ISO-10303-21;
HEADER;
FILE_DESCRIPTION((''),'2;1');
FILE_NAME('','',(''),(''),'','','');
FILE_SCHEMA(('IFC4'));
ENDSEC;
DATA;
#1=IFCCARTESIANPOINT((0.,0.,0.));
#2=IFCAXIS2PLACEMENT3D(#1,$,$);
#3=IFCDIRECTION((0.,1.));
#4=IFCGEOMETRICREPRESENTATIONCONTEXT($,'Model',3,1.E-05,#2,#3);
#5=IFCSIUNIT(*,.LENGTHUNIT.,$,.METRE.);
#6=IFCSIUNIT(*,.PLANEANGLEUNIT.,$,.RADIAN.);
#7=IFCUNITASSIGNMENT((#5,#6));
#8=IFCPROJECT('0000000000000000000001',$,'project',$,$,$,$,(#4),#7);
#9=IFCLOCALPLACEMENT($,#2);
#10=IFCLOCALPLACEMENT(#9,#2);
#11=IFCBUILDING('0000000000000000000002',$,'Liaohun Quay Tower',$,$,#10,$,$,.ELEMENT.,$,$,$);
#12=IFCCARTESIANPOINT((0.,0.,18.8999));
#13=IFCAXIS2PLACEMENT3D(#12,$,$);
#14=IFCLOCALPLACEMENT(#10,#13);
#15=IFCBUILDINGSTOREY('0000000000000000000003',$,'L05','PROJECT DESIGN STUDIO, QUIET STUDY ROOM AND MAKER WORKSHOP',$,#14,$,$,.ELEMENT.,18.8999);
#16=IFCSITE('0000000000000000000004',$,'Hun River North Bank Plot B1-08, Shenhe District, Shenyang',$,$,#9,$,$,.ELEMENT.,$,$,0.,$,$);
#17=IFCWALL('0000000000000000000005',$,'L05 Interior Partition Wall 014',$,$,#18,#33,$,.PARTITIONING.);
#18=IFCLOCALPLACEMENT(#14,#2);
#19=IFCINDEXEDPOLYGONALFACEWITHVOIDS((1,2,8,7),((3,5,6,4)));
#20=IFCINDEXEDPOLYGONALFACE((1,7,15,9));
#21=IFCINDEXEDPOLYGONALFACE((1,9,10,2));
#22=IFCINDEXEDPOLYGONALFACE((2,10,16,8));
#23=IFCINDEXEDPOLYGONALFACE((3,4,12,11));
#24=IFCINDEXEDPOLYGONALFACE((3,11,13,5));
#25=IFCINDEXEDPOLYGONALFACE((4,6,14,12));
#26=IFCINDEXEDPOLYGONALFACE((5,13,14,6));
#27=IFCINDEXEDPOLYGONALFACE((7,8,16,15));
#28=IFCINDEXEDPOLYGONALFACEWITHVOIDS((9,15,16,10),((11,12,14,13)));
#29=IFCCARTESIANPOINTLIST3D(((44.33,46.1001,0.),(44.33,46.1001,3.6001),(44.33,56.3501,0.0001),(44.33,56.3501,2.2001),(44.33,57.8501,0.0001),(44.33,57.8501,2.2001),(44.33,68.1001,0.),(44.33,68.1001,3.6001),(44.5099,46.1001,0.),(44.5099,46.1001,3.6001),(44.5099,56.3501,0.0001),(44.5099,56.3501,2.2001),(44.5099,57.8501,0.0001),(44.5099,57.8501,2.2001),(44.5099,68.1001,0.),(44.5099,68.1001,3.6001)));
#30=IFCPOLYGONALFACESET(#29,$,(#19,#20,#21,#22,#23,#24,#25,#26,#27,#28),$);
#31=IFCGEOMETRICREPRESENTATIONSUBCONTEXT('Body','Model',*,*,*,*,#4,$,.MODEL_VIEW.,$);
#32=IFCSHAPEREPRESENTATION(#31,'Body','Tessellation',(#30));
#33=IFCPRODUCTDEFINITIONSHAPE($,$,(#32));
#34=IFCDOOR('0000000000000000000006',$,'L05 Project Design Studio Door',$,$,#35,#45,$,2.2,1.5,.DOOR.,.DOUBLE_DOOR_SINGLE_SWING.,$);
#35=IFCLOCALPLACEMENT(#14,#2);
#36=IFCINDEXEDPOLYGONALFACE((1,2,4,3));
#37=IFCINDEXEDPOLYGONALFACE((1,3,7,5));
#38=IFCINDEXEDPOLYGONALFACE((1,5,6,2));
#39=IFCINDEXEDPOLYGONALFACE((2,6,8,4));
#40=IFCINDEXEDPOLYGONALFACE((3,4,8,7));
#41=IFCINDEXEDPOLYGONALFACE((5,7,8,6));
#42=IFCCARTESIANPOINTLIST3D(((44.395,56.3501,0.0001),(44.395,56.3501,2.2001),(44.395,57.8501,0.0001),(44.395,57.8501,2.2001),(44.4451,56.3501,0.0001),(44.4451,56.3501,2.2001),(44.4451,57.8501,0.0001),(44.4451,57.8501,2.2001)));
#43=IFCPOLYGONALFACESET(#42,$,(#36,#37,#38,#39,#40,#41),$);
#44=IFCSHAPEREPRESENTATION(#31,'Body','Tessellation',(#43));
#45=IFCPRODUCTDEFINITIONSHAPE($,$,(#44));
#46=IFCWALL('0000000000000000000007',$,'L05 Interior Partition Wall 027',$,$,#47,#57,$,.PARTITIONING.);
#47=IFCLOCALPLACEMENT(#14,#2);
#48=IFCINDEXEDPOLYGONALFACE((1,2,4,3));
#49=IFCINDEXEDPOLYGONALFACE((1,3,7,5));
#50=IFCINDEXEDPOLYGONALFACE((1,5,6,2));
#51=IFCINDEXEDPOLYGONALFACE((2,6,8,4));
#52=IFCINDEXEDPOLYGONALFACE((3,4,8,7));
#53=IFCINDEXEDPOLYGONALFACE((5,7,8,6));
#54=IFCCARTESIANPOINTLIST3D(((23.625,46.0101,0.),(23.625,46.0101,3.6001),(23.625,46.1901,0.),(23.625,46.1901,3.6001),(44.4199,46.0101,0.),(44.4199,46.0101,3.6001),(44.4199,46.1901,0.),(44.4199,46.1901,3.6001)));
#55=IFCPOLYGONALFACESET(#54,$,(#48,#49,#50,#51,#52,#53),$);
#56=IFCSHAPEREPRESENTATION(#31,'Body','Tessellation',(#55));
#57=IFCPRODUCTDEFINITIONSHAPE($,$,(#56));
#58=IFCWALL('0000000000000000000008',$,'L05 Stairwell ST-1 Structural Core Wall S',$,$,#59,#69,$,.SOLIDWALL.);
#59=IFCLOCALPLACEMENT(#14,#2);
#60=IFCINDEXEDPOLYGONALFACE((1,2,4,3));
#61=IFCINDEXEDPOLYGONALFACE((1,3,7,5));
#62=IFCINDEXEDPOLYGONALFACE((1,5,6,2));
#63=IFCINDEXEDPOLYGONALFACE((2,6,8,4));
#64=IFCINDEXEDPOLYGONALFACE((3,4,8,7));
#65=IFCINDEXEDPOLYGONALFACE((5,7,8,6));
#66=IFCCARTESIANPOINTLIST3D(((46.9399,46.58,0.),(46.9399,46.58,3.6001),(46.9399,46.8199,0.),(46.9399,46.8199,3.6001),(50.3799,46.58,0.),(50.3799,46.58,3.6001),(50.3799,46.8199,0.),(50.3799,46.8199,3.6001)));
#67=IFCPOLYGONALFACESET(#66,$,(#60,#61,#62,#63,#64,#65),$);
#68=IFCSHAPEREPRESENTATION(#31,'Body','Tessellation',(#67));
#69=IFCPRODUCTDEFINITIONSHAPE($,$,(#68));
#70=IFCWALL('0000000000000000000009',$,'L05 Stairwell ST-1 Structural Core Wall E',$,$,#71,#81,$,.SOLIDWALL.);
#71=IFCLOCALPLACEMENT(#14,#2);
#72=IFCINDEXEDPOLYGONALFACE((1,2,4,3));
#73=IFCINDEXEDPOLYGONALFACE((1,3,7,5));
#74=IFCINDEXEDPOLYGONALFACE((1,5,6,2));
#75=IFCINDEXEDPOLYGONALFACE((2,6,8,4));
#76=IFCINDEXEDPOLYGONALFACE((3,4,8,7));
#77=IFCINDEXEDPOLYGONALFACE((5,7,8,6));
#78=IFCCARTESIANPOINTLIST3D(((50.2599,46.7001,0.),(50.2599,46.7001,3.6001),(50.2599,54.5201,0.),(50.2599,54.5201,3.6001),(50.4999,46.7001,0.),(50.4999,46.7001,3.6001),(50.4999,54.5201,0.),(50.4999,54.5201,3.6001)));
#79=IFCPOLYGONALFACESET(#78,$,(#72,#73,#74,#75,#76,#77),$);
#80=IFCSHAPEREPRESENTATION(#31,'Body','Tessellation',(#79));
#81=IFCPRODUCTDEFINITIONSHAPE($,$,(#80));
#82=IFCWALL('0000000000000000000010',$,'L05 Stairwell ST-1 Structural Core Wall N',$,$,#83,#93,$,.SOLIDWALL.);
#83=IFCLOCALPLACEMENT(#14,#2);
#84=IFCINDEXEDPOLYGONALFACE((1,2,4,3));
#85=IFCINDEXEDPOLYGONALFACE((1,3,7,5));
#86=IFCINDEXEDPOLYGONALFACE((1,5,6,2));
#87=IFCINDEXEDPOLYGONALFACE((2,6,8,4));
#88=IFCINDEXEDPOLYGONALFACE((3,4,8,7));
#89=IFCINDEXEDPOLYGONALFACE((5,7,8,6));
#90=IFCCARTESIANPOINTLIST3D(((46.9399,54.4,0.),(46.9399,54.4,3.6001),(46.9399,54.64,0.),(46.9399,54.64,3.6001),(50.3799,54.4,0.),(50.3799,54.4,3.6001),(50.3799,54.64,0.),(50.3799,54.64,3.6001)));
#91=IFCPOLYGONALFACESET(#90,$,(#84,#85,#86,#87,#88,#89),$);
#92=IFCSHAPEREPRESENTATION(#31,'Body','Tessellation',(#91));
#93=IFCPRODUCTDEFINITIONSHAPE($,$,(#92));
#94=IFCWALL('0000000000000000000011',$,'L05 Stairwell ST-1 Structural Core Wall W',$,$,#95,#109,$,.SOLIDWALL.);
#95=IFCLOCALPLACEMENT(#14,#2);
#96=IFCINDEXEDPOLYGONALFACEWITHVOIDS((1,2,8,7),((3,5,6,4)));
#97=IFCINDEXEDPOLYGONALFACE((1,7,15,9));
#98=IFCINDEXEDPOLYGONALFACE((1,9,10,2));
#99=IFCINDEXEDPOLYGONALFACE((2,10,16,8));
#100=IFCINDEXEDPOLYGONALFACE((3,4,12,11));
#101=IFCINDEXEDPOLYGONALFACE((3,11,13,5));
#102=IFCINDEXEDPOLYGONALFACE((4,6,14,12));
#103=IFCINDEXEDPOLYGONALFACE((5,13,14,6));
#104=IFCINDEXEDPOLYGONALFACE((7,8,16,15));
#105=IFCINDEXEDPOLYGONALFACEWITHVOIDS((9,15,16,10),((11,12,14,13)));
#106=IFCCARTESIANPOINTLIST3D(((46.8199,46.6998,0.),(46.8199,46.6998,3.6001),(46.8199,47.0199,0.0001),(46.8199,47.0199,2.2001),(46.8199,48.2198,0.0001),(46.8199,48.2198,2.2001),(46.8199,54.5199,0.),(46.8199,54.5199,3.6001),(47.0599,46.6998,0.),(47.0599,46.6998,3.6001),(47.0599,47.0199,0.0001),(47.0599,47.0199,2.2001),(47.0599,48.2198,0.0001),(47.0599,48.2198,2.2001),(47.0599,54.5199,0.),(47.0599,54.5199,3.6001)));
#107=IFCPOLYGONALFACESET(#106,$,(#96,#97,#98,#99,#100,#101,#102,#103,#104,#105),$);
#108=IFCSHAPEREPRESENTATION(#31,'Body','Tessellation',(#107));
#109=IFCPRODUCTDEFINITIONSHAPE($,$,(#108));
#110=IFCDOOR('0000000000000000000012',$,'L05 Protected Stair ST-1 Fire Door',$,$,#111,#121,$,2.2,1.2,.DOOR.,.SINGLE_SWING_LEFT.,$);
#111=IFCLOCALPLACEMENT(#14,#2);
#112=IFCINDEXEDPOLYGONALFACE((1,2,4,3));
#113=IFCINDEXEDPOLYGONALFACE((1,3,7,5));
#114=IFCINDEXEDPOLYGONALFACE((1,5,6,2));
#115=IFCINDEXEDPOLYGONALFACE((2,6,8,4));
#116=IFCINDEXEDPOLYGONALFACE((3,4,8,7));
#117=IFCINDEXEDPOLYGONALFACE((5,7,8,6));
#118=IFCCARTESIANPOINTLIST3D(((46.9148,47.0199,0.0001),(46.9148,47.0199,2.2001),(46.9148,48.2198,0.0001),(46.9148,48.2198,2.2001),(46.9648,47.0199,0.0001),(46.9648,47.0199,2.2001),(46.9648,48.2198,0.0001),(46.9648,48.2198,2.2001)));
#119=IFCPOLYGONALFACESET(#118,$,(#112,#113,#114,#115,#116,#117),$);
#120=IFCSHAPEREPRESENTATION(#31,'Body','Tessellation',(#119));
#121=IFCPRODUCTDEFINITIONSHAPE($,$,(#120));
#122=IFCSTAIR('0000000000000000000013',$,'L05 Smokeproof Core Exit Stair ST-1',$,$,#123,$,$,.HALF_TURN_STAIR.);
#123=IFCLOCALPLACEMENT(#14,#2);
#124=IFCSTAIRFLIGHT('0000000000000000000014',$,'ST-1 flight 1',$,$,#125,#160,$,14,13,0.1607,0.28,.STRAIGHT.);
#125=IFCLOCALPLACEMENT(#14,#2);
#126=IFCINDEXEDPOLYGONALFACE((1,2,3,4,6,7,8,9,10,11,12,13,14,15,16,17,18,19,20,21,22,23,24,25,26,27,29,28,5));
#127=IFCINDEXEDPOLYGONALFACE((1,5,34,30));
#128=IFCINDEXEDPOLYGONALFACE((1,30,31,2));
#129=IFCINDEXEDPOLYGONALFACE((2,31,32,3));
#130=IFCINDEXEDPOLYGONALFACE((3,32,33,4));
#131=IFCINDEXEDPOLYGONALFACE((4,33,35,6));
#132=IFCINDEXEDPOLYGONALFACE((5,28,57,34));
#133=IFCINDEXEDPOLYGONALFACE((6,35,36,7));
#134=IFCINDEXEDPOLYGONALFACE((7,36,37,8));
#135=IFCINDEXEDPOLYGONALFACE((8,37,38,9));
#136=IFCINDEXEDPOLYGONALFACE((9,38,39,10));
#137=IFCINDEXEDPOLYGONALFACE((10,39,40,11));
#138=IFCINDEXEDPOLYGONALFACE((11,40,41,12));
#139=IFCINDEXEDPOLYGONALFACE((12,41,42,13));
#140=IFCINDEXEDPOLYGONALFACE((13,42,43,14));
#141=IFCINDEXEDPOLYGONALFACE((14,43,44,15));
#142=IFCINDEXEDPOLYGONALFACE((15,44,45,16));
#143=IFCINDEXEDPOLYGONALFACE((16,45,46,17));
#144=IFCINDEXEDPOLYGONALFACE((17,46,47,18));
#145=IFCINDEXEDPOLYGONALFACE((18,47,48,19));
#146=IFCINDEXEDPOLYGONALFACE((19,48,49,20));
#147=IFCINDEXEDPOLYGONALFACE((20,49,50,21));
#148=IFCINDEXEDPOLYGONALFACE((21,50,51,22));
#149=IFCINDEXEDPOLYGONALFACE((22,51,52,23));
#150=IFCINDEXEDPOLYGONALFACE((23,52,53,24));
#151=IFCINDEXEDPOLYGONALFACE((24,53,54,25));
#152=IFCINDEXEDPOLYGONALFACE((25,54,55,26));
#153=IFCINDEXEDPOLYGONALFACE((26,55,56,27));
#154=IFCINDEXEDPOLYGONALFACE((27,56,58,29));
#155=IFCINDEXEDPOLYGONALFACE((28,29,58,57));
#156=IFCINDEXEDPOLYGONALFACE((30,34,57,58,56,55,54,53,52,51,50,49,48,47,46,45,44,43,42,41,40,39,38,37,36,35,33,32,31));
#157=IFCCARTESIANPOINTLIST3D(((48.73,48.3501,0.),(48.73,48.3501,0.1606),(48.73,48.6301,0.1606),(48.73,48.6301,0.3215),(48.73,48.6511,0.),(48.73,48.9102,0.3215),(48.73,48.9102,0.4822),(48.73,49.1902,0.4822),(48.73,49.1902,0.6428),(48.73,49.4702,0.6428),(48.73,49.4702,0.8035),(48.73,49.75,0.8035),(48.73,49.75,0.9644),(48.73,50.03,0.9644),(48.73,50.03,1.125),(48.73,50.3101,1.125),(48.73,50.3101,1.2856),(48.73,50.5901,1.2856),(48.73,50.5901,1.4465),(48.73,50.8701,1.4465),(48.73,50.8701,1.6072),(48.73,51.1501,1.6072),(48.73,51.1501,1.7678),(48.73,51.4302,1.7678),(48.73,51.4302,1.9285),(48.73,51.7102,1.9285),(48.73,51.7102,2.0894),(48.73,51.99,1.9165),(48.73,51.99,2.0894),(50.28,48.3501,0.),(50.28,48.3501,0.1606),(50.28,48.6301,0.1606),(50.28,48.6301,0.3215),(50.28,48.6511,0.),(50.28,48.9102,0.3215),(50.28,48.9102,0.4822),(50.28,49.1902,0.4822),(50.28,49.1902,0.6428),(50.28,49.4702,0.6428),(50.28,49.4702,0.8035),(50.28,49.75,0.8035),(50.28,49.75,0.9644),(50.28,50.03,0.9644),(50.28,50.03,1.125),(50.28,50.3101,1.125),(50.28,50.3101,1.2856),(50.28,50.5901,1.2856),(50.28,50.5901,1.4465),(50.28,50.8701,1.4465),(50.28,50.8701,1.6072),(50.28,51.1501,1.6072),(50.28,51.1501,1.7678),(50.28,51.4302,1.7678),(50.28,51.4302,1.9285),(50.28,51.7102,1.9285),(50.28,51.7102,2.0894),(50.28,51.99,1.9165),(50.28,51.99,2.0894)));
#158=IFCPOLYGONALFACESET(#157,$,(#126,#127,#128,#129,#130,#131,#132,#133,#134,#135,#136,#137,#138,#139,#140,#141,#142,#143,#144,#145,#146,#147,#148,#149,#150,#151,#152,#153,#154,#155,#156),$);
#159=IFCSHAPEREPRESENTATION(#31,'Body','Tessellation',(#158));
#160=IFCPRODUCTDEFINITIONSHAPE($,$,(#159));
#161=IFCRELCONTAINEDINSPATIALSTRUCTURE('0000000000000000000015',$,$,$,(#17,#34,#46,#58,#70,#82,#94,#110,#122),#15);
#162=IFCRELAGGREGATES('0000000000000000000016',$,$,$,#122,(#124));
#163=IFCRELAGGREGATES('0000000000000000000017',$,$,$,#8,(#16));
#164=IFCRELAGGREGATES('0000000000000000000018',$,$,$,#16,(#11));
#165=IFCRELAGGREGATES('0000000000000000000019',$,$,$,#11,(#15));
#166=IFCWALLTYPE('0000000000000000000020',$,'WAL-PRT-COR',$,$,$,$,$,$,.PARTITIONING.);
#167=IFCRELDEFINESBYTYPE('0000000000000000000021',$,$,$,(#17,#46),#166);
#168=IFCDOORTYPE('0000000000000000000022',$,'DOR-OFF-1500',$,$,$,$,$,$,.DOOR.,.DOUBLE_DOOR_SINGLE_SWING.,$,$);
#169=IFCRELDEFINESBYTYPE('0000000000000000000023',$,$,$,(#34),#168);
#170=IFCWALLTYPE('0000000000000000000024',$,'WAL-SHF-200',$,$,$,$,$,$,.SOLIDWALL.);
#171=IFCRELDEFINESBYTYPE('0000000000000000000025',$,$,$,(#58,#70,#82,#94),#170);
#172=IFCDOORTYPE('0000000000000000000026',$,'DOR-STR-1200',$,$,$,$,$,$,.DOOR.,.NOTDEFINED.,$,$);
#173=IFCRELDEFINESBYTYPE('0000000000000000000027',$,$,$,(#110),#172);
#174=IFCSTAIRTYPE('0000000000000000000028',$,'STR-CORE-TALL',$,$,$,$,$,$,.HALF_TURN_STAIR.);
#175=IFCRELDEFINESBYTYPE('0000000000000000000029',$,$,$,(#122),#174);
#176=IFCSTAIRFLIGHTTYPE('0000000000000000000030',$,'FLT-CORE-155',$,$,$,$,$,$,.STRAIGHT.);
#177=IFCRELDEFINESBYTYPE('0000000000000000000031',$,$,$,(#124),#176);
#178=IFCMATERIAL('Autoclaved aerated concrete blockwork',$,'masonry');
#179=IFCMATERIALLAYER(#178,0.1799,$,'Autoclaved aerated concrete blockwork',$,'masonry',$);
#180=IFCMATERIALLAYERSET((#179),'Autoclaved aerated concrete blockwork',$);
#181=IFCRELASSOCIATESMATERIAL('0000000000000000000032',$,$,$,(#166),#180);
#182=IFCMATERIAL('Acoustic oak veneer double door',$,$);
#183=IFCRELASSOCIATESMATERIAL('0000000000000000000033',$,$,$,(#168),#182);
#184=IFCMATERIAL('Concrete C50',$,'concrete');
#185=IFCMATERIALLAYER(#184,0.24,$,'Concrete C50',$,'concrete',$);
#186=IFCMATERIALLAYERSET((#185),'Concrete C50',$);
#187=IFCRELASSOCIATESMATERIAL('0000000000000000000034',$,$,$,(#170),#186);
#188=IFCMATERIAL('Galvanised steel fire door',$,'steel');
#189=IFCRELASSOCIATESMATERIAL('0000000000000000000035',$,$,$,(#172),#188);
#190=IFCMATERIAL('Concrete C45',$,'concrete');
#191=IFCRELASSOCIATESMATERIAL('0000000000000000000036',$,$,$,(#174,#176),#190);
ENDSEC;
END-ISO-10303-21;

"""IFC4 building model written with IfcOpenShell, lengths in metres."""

from ifc_helpers import new_model, si_unit, direction, frame, frame_2d, origin, place, context, subcontext, project, spatial, polyline, rectangle, outline, extrude, source, transform, mapped, material, layer, layer_set, type_object, element, fill, aggregate, save


model = new_model("IFC4")

# Units and contexts
model_context = context("Model", 3, precision=1e-05, world=origin(), true_north=direction((0.0, 1.0)))
body_context = subcontext(model_context, "Body", "Model", "MODEL_VIEW")
ifc_project = project(units=[si_unit("LENGTHUNIT", "METRE"), si_unit("PLANEANGLEUNIT", "RADIAN")], contexts=[model_context])

# Site, building, storey
site_placement = place(None, origin())
site = spatial("IfcSite", under=ifc_project, at=site_placement, Name="Hun River North Bank Plot B1-08, Shenhe District, Shenyang", CompositionType="ELEMENT", RefElevation=0.0)
building_placement = place(site_placement, origin())
building = spatial("IfcBuilding", under=site, at=building_placement, Name="Liaohun Quay Tower", CompositionType="ELEMENT")
storey_placement = place(building_placement, frame((0.0, 0.0, 18.8999)))
storey = spatial("IfcBuildingStorey", under=building, at=storey_placement, Name="L05", Description="PROJECT DESIGN STUDIO, QUIET STUDY ROOM AND MAKER WORKSHOP", CompositionType="ELEMENT", Elevation=18.8999)

# Wall, opening, door
ifc_material_1 = material(Name="Autoclaved aerated concrete blockwork", Category="masonry")
ifc_layer_1 = layer(ifc_material_1, 0.1799, Name="Autoclaved aerated concrete blockwork", Category="masonry")
ifc_layer_set_1 = layer_set([ifc_layer_1], Name="Autoclaved aerated concrete blockwork")
wall_type_1 = type_object("IfcWallType", Name="WAL-PRT-COR", PredefinedType="PARTITIONING", material=ifc_layer_set_1)
shared_shape_1 = source(origin(), body_context, "Body", "SweptSolid", [
    extrude(rectangle(XDim=1.5, YDim=2.2, at=frame_2d((0.75, 1.1001))), frame((0.0, 0.0999, 0.0), z_axis=(0.0, -1.0, 0.0), x_axis=(1.0, 0.0, 0.0)), (0.0, 0.0, 1.0), 0.2),
])
ifc_material_2 = material(Name="Acoustic oak veneer double door")
door_type_1 = type_object("IfcDoorType", Name="DOR-OFF-1500", OperationType="DOUBLE_DOOR_SINGLE_SWING", PredefinedType="DOOR", material=ifc_material_2)
shared_shape_2 = source(origin(), body_context, "Body", "SweptSolid", [
    extrude(rectangle(XDim=1.5, YDim=2.2, at=frame_2d((0.75, 1.1001))), frame((0.0, 0.0249, 0.0), z_axis=(0.0, -1.0, 0.0), x_axis=(1.0, 0.0, 0.0)), (0.0, 0.0, 1.0), 0.05),
])
wall_1_placement = place(storey_placement, frame((44.4199, 46.1001, 0.0), z_axis=(0.0, 0.0, 1.0), x_axis=(0.0, 1.0, 0.0)))
wall_1 = element("IfcWall", 1, at=wall_1_placement, inside=storey, type_object=wall_type_1, Name="L05 Interior Partition Wall 014", PredefinedType="PARTITIONING", context=body_context, shape_type="SweptSolid", body=[
    extrude(rectangle(XDim=22.0, YDim=0.1799, at=frame_2d((11.0, 0.0))), origin(), (0.0, 0.0, 1.0), 3.6001),
])
opening_1_placement = place(wall_1_placement, frame((10.25, 0.0, 0.0)))
opening_1 = element("IfcOpeningElement", 2, at=opening_1_placement, cuts=wall_1, PredefinedType="OPENING", context=body_context, shape_type="MappedRepresentation", body=[
    mapped(shared_shape_1, transform((0.0, 0.0, 0.0), x_axis=(1.0, 0.0, 0.0), y_axis=(0.0, 1.0, 0.0), z_axis=(0.0, 0.0, 1.0), scale=1.0)),
])
door_1_placement = place(opening_1_placement, origin())
door_1 = element("IfcDoor", 3, at=door_1_placement, inside=storey, type_object=door_type_1, Name="L05 Project Design Studio Door", OperationType="DOUBLE_DOOR_SINGLE_SWING", OverallHeight=2.2, OverallWidth=1.5, PredefinedType="DOOR", context=body_context, shape_type="MappedRepresentation", body=[
    mapped(shared_shape_2, transform((0.0, 0.0, 0.0), x_axis=(1.0, 0.0, 0.0), y_axis=(0.0, 1.0, 0.0), z_axis=(0.0, 0.0, 1.0), scale=1.0)),
])
fill(opening_1, door_1)

# Walls
wall_2_placement = place(storey_placement, frame((23.625, 46.1001, 0.0), z_axis=(0.0, 0.0, 1.0), x_axis=(1.0, 0.0, 0.0)))
element("IfcWall", 4, at=wall_2_placement, inside=storey, type_object=wall_type_1, Name="L05 Interior Partition Wall 027", PredefinedType="PARTITIONING", context=body_context, shape_type="SweptSolid", body=[
    extrude(rectangle(XDim=20.7949, YDim=0.1799, at=frame_2d((10.3975, 0.0))), origin(), (0.0, 0.0, 1.0), 3.6001),
])
ifc_material_3 = material(Name="Concrete C50", Category="concrete")
ifc_layer_2 = layer(ifc_material_3, 0.24, Name="Concrete C50", Category="concrete")
ifc_layer_set_2 = layer_set([ifc_layer_2], Name="Concrete C50")
wall_type_2 = type_object("IfcWallType", Name="WAL-SHF-200", PredefinedType="SOLIDWALL", material=ifc_layer_set_2)
wall_3_placement = place(storey_placement, frame((46.9399, 46.7, 0.0), z_axis=(0.0, 0.0, 1.0), x_axis=(1.0, 0.0, 0.0)))
element("IfcWall", 5, at=wall_3_placement, inside=storey, type_object=wall_type_2, Name="L05 Stairwell ST-1 Structural Core Wall S", PredefinedType="SOLIDWALL", context=body_context, shape_type="SweptSolid", body=[
    extrude(rectangle(XDim=3.4399, YDim=0.24, at=frame_2d((1.72, 0.0))), origin(), (0.0, 0.0, 1.0), 3.6001),
])
wall_4_placement = place(storey_placement, frame((50.3799, 46.7, 0.0), z_axis=(0.0, 0.0, 1.0), x_axis=(0.0, 1.0, 0.0)))
element("IfcWall", 6, at=wall_4_placement, inside=storey, type_object=wall_type_2, Name="L05 Stairwell ST-1 Structural Core Wall E", PredefinedType="SOLIDWALL", context=body_context, shape_type="SweptSolid", body=[
    extrude(rectangle(XDim=7.8201, YDim=0.24, at=frame_2d((3.9102, 0.0))), origin(), (0.0, 0.0, 1.0), 3.6001),
])
wall_5_placement = place(storey_placement, frame((50.3799, 54.52, 0.0), z_axis=(0.0, 0.0, 1.0), x_axis=(-1.0, 0.0, 0.0)))
element("IfcWall", 7, at=wall_5_placement, inside=storey, type_object=wall_type_2, Name="L05 Stairwell ST-1 Structural Core Wall N", PredefinedType="SOLIDWALL", context=body_context, shape_type="SweptSolid", body=[
    extrude(rectangle(XDim=3.4399, YDim=0.24, at=frame_2d((1.72, 0.0))), origin(), (0.0, 0.0, 1.0), 3.6001),
])

# Wall, opening, door
wall_6_placement = place(storey_placement, frame((46.9399, 54.52, 0.0), z_axis=(0.0, 0.0, 1.0), x_axis=(0.0, -1.0, 0.0)))
wall_6 = element("IfcWall", 8, at=wall_6_placement, inside=storey, type_object=wall_type_2, Name="L05 Stairwell ST-1 Structural Core Wall W", PredefinedType="SOLIDWALL", context=body_context, shape_type="SweptSolid", body=[
    extrude(rectangle(XDim=7.8201, YDim=0.24, at=frame_2d((3.9102, 0.0))), origin(), (0.0, 0.0, 1.0), 3.6001),
])
shared_shape_3 = source(origin(), body_context, "Body", "SweptSolid", [
    extrude(rectangle(XDim=1.2, YDim=2.2, at=frame_2d((0.6001, 1.1001))), frame((0.0, 0.1299, 0.0), z_axis=(0.0, -1.0, 0.0), x_axis=(1.0, 0.0, 0.0)), (0.0, 0.0, 1.0), 0.26),
])
opening_2_placement = place(wall_6_placement, frame((6.3, 0.0, 0.0)))
opening_2 = element("IfcOpeningElement", 9, at=opening_2_placement, cuts=wall_6, PredefinedType="OPENING", context=body_context, shape_type="MappedRepresentation", body=[
    mapped(shared_shape_3, transform((0.0, 0.0, 0.0), x_axis=(1.0, 0.0, 0.0), y_axis=(0.0, 1.0, 0.0), z_axis=(0.0, 0.0, 1.0), scale=1.0)),
])
ifc_material_4 = material(Name="Galvanised steel fire door", Category="steel")
door_type_2 = type_object("IfcDoorType", Name="DOR-STR-1200", OperationType="NOTDEFINED", PredefinedType="DOOR", material=ifc_material_4)
shared_shape_4 = source(origin(), body_context, "Body", "SweptSolid", [
    extrude(rectangle(XDim=1.2, YDim=2.2, at=frame_2d((0.6001, 1.1001))), frame((0.0, 0.0249, 0.0), z_axis=(0.0, -1.0, 0.0), x_axis=(1.0, 0.0, 0.0)), (0.0, 0.0, 1.0), 0.05),
])
door_2_placement = place(opening_2_placement, origin())
door_2 = element("IfcDoor", 10, at=door_2_placement, inside=storey, type_object=door_type_2, Name="L05 Protected Stair ST-1 Fire Door", OperationType="SINGLE_SWING_LEFT", OverallHeight=2.2, OverallWidth=1.2, PredefinedType="DOOR", context=body_context, shape_type="MappedRepresentation", body=[
    mapped(shared_shape_4, transform((0.0, 0.0, 0.0), x_axis=(1.0, 0.0, 0.0), y_axis=(0.0, 1.0, 0.0), z_axis=(0.0, 0.0, 1.0), scale=1.0)),
])
fill(opening_2, door_2)

# Stair, stair flight
ifc_material_5 = material(Name="Concrete C45", Category="concrete")
stair_type = type_object("IfcStairType", Name="STR-CORE-TALL", PredefinedType="HALF_TURN_STAIR", material=ifc_material_5)
stair_placement = place(storey_placement, origin())
stair = element("IfcStair", 11, at=stair_placement, inside=storey, type_object=stair_type, Name="L05 Smokeproof Core Exit Stair ST-1", PredefinedType="HALF_TURN_STAIR")
stair_flight_type = type_object("IfcStairFlightType", Name="FLT-CORE-155", PredefinedType="STRAIGHT", material=ifc_material_5)
stair_flight_1_placement = place(storey_placement, frame((49.5049, 48.3501, 0.0), z_axis=(0.0, 0.0, 1.0), x_axis=(0.0, 1.0, 0.0)))
stair_flight_1 = element("IfcStairFlight", 12, at=stair_flight_1_placement, type_object=stair_flight_type, Name="ST-1 flight 1", NumberOfRisers=14, NumberOfTreads=13, PredefinedType="STRAIGHT", RiserHeight=0.1607, TreadLength=0.28, context=body_context, shape_type="SweptSolid", body=[
    extrude(outline(polyline([(0.0, 0.0), (0.0, 0.1606), (0.28, 0.1606), (0.28, 0.3215), (0.5601, 0.3215), (0.5601, 0.4822), (0.8401, 0.4822), (0.8401, 0.6428), (1.1201, 0.6428), (1.1201, 0.8035), (1.3999, 0.8035), (1.3999, 0.9644), (1.6799, 0.9644), (1.6799, 1.125), (1.96, 1.125), (1.96, 1.2856), (2.24, 1.2856), (2.24, 1.4465), (2.52, 1.4465), (2.52, 1.6072), (2.8, 1.6072), (2.8, 1.7678), (3.0801, 1.7678), (3.0801, 1.9285), (3.3601, 1.9285), (3.3601, 2.0894), (3.6399, 2.0894), (3.6399, 2.25), (3.6399, 1.9165), (0.301, 0.0), (0.0, 0.0)])), frame((0.0, 0.7749, 0.0), z_axis=(0.0, -1.0, 0.0), x_axis=(1.0, 0.0, 0.0)), (0.0, 0.0, 1.0), 1.55),
])
aggregate(stair, [stair_flight_1])

save(model, "model.ifc")
